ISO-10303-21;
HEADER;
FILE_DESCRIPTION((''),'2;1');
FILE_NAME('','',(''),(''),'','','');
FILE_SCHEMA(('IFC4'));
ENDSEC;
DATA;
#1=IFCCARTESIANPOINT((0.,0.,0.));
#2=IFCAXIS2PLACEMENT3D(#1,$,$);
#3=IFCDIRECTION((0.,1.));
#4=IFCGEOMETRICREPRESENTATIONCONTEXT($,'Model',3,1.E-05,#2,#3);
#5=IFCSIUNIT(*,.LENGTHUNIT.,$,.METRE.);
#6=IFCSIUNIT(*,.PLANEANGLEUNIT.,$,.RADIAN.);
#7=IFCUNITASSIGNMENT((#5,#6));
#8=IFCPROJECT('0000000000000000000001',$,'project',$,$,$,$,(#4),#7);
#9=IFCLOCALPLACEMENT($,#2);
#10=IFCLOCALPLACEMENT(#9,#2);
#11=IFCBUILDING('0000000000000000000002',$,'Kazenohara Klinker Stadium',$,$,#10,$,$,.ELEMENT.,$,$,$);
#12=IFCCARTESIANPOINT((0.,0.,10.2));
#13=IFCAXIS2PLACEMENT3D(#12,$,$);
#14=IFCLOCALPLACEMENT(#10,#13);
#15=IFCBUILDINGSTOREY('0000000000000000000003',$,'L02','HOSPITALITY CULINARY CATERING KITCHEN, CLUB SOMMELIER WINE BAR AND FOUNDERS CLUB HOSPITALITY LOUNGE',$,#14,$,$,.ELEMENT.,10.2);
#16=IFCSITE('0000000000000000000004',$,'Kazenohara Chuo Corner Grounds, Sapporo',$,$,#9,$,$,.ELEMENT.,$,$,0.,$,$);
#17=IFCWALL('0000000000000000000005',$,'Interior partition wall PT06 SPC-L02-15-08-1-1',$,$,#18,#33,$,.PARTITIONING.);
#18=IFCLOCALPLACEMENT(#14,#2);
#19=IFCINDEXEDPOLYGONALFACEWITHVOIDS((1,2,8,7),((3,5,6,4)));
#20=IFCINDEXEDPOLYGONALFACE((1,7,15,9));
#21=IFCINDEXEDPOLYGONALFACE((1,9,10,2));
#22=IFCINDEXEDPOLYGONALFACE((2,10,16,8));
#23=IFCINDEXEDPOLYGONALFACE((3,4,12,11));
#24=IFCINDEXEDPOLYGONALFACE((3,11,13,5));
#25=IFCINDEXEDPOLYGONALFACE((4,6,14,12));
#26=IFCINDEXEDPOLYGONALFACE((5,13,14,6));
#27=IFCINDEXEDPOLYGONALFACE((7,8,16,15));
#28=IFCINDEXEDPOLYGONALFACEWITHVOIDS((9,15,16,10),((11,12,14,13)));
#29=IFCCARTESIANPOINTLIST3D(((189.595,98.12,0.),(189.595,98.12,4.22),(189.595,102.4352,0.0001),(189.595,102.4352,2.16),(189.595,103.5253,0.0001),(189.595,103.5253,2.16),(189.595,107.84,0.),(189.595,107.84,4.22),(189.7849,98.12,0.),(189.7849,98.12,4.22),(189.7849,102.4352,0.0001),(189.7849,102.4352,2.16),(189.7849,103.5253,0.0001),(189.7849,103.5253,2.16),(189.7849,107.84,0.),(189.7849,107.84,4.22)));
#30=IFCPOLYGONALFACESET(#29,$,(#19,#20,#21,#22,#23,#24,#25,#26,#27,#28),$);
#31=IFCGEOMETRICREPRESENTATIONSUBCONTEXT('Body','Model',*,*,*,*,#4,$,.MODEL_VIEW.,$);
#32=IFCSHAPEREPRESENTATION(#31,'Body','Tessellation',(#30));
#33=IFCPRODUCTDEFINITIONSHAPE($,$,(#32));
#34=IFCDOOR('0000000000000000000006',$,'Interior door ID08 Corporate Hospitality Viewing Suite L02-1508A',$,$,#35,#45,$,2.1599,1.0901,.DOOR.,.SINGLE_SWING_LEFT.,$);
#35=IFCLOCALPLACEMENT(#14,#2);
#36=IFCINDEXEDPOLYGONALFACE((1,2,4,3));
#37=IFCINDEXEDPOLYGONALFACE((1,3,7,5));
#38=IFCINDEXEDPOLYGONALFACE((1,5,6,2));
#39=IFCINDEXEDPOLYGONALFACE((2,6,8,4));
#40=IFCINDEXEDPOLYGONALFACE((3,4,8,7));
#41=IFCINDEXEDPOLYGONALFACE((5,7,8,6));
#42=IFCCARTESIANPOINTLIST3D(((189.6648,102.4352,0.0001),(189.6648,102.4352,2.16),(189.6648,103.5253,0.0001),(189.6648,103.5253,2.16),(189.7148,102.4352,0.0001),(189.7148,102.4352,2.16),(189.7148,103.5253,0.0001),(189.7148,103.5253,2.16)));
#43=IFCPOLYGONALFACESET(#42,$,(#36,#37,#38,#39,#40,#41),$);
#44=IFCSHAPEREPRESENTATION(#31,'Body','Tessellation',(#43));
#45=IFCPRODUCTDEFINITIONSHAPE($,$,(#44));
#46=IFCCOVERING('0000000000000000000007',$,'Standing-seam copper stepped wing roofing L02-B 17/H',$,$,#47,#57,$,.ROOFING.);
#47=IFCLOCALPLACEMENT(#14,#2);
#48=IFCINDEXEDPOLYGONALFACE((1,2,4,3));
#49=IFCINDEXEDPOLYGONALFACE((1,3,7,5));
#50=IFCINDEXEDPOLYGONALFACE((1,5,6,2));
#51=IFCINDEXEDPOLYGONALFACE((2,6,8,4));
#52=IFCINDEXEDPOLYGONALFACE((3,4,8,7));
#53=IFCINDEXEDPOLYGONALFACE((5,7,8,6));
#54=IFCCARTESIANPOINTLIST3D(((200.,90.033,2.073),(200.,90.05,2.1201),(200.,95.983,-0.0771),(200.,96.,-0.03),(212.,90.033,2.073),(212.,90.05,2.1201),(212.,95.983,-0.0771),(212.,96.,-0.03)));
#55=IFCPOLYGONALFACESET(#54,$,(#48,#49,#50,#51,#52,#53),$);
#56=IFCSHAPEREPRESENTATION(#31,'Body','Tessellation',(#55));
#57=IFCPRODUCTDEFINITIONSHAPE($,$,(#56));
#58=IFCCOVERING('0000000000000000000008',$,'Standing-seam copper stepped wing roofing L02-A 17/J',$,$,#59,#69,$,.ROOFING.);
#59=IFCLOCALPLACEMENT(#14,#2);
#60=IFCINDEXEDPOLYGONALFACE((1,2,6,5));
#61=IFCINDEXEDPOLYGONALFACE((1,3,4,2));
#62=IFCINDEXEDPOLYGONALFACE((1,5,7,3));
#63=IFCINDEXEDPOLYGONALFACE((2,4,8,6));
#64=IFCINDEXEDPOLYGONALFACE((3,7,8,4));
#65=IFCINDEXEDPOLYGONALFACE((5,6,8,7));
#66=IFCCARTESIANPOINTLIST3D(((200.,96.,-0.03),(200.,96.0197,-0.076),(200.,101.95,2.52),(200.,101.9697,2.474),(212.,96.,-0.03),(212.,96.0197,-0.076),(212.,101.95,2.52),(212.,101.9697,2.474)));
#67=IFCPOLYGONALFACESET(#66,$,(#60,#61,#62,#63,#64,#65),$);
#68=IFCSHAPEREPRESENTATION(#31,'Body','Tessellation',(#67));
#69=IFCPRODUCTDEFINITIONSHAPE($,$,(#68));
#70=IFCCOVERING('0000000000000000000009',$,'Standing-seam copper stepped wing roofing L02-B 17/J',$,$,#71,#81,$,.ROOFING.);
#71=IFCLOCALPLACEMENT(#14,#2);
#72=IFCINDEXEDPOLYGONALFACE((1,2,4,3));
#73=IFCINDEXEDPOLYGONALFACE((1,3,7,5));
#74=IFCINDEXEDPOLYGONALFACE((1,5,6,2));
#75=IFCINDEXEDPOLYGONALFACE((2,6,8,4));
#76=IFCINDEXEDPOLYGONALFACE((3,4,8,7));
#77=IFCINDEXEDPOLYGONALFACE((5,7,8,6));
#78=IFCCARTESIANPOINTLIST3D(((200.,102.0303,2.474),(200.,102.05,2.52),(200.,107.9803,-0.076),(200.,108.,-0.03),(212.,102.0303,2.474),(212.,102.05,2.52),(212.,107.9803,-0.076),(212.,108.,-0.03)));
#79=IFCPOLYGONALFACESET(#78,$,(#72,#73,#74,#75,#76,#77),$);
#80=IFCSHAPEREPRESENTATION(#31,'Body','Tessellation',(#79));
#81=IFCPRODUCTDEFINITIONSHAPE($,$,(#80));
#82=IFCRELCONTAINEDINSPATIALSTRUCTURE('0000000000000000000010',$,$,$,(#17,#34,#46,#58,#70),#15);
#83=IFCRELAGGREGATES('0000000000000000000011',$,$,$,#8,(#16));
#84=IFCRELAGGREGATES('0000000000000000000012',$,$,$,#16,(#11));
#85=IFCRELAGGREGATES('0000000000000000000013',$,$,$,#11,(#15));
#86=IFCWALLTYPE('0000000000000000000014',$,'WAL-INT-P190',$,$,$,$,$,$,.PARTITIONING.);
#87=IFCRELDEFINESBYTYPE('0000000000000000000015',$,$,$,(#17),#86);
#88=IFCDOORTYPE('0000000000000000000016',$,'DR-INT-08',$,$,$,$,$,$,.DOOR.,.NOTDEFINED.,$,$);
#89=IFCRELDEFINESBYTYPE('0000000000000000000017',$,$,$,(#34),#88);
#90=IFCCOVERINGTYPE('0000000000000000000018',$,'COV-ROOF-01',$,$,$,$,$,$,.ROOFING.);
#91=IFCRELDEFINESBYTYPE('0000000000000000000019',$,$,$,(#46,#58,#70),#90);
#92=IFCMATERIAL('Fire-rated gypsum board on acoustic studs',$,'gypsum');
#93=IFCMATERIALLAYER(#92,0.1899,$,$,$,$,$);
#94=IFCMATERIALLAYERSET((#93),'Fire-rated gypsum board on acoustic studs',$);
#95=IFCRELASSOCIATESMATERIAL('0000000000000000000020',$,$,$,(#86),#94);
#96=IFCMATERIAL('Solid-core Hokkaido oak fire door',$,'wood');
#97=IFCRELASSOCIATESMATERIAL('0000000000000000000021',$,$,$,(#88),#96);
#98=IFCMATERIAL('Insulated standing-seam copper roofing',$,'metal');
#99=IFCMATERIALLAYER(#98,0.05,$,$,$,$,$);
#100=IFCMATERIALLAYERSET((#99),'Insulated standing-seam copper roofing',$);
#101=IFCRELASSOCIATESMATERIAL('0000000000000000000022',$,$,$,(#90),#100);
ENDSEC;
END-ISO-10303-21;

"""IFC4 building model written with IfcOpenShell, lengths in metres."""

from ifc_helpers import new_model, si_unit, direction, frame, frame_2d, origin, place, context, subcontext, project, spatial, polyline, rectangle, outline, extrude, material, layer, layer_set, type_object, element, fill, save


model = new_model("IFC4")

# Units and contexts
model_context = context("Model", 3, precision=1e-05, world=origin(), true_north=direction((0.0, 1.0)))
body_context = subcontext(model_context, "Body", "Model", "MODEL_VIEW")
ifc_project = project(units=[si_unit("LENGTHUNIT", "METRE"), si_unit("PLANEANGLEUNIT", "RADIAN")], contexts=[model_context])

# Site, building, storey
site_placement = place(None, origin())
site = spatial("IfcSite", under=ifc_project, at=site_placement, Name="Kazenohara Chuo Corner Grounds, Sapporo", CompositionType="ELEMENT", RefElevation=0.0)
building_placement = place(site_placement, origin())
building = spatial("IfcBuilding", under=site, at=building_placement, Name="Kazenohara Klinker Stadium", CompositionType="ELEMENT")
storey_placement = place(building_placement, frame((0.0, 0.0, 10.2)))
storey = spatial("IfcBuildingStorey", under=building, at=storey_placement, Name="L02", Description="HOSPITALITY CULINARY CATERING KITCHEN, CLUB SOMMELIER WINE BAR AND FOUNDERS CLUB HOSPITALITY LOUNGE", CompositionType="ELEMENT", Elevation=10.2)

# Wall, opening, door
ifc_material_1 = material(Name="Fire-rated gypsum board on acoustic studs", Category="gypsum")
ifc_layer_1 = layer(ifc_material_1, 0.1899)
ifc_layer_set_1 = layer_set([ifc_layer_1], Name="Fire-rated gypsum board on acoustic studs")
wall_type_1 = type_object("IfcWallType", Name="WAL-INT-P190", PredefinedType="PARTITIONING", material=ifc_layer_set_1)
wall_1_placement = place(storey_placement, frame((189.6899, 98.1201, 0.0), z_axis=(0.0, 0.0, 1.0), x_axis=(0.0, 1.0, 0.0)))
wall_1 = element("IfcWall", 1, at=wall_1_placement, inside=storey, type_object=wall_type_1, Name="Interior partition wall PT06 SPC-L02-15-08-1-1", PredefinedType="PARTITIONING", context=body_context, shape_type="SweptSolid", body=[
    extrude(rectangle(XDim=9.72, YDim=0.1899, at=frame_2d((4.8599, 0.0))), origin(), (0.0, 0.0, 1.0), 4.22),
])
opening_placement = place(wall_1_placement, frame((5.405, 0.0, 0.0), z_axis=(0.0, 0.0, 1.0), x_axis=(-1.0, 0.0, 0.0)))
opening = element("IfcOpeningElement", 2, at=opening_placement, cuts=wall_1, PredefinedType="OPENING", context=body_context, shape_type="SweptSolid", body=[
    extrude(rectangle(XDim=1.0901, YDim=2.1599, at=frame_2d((0.5449, 1.0801))), frame((0.0, 0.105, 0.0), z_axis=(0.0, -1.0, 0.0), x_axis=(1.0, 0.0, 0.0)), (0.0, 0.0, 1.0), 0.21),
])
ifc_material_2 = material(Name="Solid-core Hokkaido oak fire door", Category="wood")
door_type = type_object("IfcDoorType", Name="DR-INT-08", OperationType="NOTDEFINED", PredefinedType="DOOR", material=ifc_material_2)
door_placement = place(opening_placement, origin())
door = element("IfcDoor", 3, at=door_placement, inside=storey, type_object=door_type, Name="Interior door ID08 Corporate Hospitality Viewing Suite L02-1508A", OperationType="SINGLE_SWING_LEFT", OverallHeight=2.1599, OverallWidth=1.0901, PredefinedType="DOOR", context=body_context, shape_type="SweptSolid", body=[
    extrude(rectangle(XDim=1.0901, YDim=2.1599, at=frame_2d((0.5449, 1.0801))), frame((0.0, 0.0249, 0.0), z_axis=(0.0, -1.0, 0.0), x_axis=(1.0, 0.0, 0.0)), (0.0, 0.0, 1.0), 0.05),
])
fill(opening, door)

# Coverings
ifc_material_3 = material(Name="Insulated standing-seam copper roofing", Category="metal")
ifc_layer_2 = layer(ifc_material_3, 0.05)
ifc_layer_set_2 = layer_set([ifc_layer_2], Name="Insulated standing-seam copper roofing")
covering_type = type_object("IfcCoveringType", Name="COV-ROOF-01", PredefinedType="ROOFING", material=ifc_layer_set_2)
covering_placement = place(storey_placement, frame((200.0, 90.05, 2.1201), z_axis=(0.0, 0.339862, 0.940475), x_axis=(1.0, 0.0, 0.0)))
element("IfcCovering", 4, at=covering_placement, inside=storey, type_object=covering_type, Name="Standing-seam copper stepped wing roofing L02-B 17/H", PredefinedType="ROOFING", context=body_context, shape_type="SweptSolid", body=[
    extrude(outline(polyline([(0.0, 0.0), (12.0, 0.0), (12.0, 6.3265), (0.0, 6.3265), (0.0, 0.0)])), origin(), (0.0, 0.0, -1.0), 0.05),
])
for number, where, z_axis, x_axis, name in (
    (5, (200.0, 96.0, -0.03), (0.0, -0.393928, 0.919141), (1.0, 0.0, 0.0), "Standing-seam copper stepped wing roofing L02-A 17/J"),
    (6, (200.0, 102.05, 2.52), (0.0, 0.393928, 0.919141), (1.0, 0.0, 0.0), "Standing-seam copper stepped wing roofing L02-B 17/J"),
):
    element("IfcCovering", number, at=place(storey_placement, frame(where, z_axis=z_axis, x_axis=x_axis)), inside=storey, type_object=covering_type, Name=name, PredefinedType="ROOFING", context=body_context, shape_type="SweptSolid", body=[
        extrude(outline(polyline([(0.0, 0.0), (12.0, 0.0), (12.0, 6.4734), (0.0, 6.4734), (0.0, 0.0)])), origin(), (0.0, 0.0, -1.0), 0.05),
    ])

save(model, "model.ifc")
